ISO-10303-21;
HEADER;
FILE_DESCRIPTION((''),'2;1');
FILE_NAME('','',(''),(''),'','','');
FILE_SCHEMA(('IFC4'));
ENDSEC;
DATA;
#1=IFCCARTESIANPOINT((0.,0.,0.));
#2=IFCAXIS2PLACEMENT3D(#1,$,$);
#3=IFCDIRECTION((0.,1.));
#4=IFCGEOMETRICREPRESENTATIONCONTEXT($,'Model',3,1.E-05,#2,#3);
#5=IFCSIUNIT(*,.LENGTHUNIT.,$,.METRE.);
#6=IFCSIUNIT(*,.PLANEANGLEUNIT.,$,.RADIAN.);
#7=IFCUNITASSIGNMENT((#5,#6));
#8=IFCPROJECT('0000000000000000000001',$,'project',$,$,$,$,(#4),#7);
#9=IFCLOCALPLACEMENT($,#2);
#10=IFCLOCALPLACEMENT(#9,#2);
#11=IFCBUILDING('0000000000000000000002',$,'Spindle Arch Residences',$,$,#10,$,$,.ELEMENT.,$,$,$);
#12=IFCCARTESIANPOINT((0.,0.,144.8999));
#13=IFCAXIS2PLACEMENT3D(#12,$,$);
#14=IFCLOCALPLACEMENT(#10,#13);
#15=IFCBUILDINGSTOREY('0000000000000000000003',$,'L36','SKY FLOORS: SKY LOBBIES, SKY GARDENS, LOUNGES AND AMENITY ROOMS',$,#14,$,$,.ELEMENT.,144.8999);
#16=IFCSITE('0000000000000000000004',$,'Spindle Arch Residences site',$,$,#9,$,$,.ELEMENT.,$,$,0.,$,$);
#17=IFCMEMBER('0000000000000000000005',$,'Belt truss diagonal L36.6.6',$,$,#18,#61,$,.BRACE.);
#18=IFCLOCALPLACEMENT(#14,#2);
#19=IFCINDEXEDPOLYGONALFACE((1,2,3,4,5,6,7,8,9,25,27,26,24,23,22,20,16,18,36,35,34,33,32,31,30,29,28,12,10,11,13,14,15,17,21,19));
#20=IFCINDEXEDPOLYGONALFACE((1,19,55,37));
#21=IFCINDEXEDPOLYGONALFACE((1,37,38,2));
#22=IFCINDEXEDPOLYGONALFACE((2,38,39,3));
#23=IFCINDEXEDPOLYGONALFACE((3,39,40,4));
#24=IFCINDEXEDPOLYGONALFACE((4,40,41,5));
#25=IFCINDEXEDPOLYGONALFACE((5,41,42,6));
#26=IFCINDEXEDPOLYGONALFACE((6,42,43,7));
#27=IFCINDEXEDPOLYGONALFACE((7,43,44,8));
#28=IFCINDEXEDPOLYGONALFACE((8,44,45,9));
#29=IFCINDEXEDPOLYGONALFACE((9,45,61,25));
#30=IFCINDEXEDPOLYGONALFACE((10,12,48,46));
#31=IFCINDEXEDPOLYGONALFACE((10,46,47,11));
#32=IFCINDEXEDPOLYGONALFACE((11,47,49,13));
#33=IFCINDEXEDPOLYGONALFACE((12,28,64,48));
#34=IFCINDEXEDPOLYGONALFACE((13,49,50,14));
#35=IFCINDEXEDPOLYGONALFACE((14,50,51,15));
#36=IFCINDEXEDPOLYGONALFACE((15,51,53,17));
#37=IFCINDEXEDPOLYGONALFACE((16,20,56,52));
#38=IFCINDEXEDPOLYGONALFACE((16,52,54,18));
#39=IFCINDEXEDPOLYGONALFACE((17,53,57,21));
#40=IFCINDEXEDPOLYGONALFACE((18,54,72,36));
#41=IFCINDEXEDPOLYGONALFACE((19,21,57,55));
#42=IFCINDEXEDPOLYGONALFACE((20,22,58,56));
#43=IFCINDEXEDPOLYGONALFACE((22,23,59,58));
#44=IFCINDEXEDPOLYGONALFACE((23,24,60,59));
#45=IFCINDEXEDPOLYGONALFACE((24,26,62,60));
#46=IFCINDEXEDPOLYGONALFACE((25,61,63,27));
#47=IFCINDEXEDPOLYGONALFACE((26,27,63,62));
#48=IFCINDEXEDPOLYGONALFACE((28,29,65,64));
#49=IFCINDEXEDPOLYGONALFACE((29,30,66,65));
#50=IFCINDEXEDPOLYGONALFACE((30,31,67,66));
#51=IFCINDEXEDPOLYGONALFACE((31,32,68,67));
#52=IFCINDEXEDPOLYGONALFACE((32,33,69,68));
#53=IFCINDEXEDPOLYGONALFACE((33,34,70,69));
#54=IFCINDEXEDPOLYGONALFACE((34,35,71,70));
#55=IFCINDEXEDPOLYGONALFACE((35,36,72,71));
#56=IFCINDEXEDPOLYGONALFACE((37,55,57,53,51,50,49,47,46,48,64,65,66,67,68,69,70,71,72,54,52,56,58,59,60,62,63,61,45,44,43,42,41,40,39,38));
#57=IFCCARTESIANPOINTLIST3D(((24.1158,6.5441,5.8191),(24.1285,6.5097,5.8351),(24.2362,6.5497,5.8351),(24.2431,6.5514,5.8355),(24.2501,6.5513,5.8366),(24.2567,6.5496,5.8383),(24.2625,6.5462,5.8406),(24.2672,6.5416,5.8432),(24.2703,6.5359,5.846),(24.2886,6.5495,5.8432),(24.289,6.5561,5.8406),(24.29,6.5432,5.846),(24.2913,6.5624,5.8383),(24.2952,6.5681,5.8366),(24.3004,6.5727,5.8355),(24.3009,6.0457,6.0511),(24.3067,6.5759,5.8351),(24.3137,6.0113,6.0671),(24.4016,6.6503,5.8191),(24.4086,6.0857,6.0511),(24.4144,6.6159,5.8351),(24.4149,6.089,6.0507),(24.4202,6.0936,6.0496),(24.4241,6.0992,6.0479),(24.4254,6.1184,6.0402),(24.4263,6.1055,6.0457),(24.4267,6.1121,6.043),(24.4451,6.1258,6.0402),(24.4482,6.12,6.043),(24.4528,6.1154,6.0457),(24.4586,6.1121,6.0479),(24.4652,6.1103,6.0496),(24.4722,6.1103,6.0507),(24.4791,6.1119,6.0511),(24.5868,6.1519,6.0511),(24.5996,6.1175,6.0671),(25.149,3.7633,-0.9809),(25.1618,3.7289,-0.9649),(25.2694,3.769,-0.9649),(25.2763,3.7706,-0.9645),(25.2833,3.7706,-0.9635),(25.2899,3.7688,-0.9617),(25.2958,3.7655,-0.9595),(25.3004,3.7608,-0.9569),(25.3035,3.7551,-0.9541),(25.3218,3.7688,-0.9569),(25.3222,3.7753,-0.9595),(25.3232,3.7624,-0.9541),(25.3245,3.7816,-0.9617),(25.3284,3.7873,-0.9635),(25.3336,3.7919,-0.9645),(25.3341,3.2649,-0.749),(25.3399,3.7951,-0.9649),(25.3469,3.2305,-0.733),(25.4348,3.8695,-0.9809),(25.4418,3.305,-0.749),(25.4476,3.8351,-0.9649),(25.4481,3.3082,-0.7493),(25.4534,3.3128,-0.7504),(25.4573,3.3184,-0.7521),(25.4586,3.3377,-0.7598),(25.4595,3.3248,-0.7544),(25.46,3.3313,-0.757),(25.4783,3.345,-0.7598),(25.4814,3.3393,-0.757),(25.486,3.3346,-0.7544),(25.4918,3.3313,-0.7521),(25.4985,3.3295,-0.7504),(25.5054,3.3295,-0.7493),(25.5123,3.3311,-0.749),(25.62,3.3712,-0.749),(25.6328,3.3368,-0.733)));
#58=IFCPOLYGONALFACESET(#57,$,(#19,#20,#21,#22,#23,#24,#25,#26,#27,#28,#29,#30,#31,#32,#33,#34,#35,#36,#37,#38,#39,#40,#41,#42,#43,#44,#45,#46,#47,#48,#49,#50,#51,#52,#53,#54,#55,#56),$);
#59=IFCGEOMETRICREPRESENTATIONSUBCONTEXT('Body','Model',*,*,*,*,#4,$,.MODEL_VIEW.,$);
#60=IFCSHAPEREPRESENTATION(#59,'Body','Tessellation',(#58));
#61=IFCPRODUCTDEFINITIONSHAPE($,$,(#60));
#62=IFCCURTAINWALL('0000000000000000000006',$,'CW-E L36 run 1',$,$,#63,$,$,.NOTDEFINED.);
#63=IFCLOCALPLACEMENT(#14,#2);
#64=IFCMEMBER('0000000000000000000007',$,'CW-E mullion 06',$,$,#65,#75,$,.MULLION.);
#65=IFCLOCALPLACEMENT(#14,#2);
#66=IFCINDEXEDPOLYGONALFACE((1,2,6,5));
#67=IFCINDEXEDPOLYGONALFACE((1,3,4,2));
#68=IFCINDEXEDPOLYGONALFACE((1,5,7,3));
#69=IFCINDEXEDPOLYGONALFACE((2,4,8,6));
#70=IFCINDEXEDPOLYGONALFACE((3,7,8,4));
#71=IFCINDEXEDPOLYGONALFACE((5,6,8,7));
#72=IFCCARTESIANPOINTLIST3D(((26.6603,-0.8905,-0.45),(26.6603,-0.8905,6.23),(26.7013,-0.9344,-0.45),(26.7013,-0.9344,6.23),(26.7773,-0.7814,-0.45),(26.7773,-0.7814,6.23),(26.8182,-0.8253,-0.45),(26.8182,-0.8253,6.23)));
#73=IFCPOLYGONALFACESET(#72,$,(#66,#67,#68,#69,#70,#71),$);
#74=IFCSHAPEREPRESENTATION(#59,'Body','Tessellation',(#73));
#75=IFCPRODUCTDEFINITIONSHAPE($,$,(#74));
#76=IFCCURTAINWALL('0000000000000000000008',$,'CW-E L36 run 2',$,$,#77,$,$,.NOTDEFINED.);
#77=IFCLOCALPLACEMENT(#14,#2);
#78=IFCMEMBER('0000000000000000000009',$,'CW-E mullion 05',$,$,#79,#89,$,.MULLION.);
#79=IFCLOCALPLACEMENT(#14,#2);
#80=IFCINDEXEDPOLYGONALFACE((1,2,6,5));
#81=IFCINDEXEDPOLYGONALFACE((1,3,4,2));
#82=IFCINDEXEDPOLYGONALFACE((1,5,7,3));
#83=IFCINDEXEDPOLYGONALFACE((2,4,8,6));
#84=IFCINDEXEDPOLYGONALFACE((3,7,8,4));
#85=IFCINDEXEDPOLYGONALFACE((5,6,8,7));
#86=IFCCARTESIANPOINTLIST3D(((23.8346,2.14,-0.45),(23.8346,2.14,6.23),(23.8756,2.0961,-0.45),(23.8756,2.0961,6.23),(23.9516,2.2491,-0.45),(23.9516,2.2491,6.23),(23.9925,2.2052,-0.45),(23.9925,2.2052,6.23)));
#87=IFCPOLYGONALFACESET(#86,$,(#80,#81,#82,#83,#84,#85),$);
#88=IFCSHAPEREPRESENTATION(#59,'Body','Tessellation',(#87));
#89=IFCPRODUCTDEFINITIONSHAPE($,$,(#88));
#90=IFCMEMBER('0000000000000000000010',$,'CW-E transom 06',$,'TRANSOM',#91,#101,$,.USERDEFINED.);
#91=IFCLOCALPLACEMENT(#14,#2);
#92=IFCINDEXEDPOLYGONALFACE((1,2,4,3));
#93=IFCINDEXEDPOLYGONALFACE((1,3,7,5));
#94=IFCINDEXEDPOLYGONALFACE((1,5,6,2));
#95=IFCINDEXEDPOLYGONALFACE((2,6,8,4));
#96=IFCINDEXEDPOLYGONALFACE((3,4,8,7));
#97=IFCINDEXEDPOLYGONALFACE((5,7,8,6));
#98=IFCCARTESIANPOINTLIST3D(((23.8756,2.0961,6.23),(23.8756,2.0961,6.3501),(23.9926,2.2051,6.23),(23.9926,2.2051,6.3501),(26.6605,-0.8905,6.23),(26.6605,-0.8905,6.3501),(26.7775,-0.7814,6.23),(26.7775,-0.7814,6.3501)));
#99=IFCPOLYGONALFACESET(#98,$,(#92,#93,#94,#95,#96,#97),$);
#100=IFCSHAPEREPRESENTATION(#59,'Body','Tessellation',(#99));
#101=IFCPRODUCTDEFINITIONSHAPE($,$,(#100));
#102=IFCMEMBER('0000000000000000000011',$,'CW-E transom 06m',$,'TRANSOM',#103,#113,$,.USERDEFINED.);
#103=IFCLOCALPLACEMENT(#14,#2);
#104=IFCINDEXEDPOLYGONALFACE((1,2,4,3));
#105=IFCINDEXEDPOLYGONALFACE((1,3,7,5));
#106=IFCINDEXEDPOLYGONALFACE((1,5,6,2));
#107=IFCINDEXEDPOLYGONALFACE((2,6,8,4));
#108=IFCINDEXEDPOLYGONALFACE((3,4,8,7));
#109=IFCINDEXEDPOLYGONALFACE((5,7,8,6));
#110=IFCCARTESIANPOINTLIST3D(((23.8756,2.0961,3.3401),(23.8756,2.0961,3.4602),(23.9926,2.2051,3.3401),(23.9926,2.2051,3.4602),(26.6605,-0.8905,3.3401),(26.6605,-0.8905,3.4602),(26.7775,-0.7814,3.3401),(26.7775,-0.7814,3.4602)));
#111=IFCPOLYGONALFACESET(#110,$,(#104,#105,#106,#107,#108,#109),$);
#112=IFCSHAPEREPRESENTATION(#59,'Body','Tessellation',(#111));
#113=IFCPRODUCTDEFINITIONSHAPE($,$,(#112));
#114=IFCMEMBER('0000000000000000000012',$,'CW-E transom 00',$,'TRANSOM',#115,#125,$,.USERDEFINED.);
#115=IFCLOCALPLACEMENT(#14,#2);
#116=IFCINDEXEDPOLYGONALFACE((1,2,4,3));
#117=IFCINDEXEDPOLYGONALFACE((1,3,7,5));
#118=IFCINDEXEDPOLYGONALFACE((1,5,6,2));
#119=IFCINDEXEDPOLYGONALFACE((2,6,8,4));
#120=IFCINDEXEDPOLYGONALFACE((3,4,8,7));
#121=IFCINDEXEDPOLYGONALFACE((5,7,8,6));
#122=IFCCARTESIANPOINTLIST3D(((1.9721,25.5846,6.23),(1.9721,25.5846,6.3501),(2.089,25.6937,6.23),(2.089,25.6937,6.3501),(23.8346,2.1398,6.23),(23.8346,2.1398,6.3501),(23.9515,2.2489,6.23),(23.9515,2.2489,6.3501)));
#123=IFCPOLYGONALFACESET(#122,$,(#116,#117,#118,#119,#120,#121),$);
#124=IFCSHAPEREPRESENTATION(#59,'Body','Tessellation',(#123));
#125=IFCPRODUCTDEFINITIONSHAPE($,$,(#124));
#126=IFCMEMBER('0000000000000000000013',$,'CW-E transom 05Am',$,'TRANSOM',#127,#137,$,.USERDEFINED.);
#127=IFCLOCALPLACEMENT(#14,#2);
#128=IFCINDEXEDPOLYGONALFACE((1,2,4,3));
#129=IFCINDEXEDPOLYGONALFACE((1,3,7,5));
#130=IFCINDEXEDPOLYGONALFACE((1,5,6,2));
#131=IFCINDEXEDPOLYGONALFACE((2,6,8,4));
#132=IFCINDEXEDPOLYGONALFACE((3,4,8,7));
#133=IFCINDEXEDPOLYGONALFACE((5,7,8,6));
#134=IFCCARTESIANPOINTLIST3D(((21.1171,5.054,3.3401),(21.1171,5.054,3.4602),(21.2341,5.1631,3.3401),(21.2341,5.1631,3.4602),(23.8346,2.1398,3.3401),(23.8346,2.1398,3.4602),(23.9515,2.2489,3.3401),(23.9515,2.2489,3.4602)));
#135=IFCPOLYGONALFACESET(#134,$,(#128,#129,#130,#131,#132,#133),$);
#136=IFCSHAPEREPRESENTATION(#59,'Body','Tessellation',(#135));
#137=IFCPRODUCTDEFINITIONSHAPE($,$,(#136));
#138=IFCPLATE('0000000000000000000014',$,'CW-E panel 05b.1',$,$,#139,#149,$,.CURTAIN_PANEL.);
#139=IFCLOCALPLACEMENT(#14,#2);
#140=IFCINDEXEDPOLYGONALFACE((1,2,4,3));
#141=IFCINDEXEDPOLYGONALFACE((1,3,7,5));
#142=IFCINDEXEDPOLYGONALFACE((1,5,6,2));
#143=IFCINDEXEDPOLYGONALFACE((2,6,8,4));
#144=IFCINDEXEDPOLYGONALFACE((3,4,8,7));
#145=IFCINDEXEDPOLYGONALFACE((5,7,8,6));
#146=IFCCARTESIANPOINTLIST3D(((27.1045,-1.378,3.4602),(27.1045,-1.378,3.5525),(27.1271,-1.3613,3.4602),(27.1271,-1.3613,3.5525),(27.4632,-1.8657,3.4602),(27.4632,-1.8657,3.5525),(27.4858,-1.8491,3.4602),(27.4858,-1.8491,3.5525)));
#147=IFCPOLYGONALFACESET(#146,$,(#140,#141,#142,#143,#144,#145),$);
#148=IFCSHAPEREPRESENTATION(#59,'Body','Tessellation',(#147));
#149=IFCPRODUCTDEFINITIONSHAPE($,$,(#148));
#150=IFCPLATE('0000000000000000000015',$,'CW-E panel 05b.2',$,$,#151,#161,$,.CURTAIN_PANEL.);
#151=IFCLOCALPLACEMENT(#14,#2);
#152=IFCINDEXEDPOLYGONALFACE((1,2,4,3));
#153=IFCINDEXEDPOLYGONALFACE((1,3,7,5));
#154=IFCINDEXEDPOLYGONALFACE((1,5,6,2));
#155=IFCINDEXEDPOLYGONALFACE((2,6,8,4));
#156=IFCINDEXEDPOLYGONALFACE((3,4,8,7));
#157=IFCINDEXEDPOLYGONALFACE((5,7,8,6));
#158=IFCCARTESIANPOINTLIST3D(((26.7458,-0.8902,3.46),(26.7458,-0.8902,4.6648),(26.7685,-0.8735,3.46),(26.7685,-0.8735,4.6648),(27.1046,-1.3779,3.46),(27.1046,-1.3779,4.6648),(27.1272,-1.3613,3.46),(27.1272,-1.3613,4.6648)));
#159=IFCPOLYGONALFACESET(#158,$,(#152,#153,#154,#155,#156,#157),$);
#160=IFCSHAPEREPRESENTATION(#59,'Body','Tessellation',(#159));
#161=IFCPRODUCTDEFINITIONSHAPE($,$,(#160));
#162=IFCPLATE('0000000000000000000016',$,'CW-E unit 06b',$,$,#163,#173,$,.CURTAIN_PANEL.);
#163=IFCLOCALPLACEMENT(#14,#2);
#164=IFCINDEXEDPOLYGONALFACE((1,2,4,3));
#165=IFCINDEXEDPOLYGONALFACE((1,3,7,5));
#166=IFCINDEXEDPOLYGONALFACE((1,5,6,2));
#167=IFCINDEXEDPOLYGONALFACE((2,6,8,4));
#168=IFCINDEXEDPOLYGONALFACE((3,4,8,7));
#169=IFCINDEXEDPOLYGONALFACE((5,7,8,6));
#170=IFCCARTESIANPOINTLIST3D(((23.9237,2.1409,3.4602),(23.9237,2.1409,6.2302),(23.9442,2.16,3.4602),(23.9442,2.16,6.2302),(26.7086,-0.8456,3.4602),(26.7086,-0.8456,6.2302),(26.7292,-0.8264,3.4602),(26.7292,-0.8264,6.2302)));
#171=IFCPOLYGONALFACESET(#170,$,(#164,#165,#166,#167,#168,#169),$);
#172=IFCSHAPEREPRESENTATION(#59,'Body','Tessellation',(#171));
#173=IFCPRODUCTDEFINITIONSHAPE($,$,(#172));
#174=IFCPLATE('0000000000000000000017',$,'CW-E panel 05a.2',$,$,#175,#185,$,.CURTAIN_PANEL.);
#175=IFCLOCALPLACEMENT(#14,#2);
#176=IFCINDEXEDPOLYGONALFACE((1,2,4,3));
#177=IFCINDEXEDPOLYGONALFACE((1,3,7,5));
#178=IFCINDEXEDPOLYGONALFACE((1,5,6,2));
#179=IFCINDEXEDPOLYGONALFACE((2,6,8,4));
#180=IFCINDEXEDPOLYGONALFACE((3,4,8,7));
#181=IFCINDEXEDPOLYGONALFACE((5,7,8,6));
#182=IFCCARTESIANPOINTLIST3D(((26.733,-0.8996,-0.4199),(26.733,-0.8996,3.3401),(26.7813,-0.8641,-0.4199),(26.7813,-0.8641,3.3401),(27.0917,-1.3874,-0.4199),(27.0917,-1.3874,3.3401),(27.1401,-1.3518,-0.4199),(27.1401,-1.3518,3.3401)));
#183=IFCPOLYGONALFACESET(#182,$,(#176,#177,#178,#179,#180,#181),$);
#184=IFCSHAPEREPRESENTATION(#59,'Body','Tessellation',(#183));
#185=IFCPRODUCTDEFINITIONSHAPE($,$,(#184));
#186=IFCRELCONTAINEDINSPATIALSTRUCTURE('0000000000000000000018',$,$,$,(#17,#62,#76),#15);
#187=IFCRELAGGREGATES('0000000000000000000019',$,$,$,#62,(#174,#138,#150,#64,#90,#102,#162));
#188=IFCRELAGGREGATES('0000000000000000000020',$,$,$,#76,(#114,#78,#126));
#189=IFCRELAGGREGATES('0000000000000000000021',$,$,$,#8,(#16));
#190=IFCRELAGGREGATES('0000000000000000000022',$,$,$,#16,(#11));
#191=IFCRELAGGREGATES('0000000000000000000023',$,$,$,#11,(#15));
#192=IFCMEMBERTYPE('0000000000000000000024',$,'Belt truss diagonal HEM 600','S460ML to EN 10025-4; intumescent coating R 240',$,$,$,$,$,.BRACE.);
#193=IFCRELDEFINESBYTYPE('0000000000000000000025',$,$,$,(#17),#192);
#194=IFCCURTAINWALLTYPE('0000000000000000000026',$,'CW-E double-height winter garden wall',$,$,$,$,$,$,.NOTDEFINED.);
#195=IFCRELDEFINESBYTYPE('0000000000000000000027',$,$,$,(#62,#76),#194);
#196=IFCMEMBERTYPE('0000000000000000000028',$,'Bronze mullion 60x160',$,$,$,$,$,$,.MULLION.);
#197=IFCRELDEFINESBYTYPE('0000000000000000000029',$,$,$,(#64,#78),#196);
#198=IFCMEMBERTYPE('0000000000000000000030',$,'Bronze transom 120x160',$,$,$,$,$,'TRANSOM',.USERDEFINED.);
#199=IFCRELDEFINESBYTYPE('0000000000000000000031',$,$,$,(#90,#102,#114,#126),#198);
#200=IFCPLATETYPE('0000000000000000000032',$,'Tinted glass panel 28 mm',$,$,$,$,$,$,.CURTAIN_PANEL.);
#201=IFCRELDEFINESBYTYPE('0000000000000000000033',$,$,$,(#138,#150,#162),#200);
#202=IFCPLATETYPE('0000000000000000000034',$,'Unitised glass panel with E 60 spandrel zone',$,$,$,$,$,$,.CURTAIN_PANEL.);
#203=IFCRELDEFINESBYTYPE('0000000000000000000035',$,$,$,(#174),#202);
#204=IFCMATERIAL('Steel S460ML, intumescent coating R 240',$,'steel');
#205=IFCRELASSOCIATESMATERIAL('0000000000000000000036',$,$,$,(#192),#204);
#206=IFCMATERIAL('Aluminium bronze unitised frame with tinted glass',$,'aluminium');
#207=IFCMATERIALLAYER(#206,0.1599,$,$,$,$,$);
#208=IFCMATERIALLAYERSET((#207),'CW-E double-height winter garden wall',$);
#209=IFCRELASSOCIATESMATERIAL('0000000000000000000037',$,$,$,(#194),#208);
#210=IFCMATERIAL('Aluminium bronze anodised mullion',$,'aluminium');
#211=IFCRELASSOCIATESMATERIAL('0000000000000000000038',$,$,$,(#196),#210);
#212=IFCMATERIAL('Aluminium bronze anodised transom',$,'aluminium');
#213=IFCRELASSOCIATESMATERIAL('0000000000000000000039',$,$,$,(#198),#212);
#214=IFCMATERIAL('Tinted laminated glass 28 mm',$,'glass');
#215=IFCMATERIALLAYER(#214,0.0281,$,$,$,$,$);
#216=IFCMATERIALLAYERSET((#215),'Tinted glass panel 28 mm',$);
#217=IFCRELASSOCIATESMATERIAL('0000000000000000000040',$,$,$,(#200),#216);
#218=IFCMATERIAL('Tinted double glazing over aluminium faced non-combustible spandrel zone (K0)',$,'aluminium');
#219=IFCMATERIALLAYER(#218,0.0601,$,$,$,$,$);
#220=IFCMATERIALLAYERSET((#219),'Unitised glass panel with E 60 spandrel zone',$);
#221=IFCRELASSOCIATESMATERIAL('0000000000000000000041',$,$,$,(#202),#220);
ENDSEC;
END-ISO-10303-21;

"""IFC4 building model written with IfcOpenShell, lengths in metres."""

from ifc_helpers import new_model, si_unit, direction, frame, origin, origin_2d, place, context, subcontext, project, spatial, rectangle, i_section, extrude, material, layer, layer_set, material_profile, profile_set, type_object, element, aggregate, save


model = new_model("IFC4")

# Units and contexts
model_context = context("Model", 3, precision=1e-05, world=origin(), true_north=direction((0.0, 1.0)))
body_context = subcontext(model_context, "Body", "Model", "MODEL_VIEW")
ifc_project = project(units=[si_unit("LENGTHUNIT", "METRE"), si_unit("PLANEANGLEUNIT", "RADIAN")], contexts=[model_context])

# Site, building, storey
site_placement = place(None, origin())
site = spatial("IfcSite", under=ifc_project, at=site_placement, Name="Spindle Arch Residences site", CompositionType="ELEMENT", RefElevation=0.0)
building_placement = place(site_placement, origin())
building = spatial("IfcBuilding", under=site, at=building_placement, Name="Spindle Arch Residences", CompositionType="ELEMENT")
storey_placement = place(building_placement, frame((0.0, 0.0, 144.8999)))
storey = spatial("IfcBuildingStorey", under=building, at=storey_placement, Name="L36", Description="SKY FLOORS: SKY LOBBIES, SKY GARDENS, LOUNGES AND AMENITY ROOMS", CompositionType="ELEMENT", Elevation=144.8999)

# Member
ifc_material_1 = material(Name="Steel S460ML, intumescent coating R 240", Category="steel")
ifc_material_profile_1 = material_profile(ifc_material_1, i_section(OverallWidth=0.3049, OverallDepth=0.6201, WebThickness=0.021, FlangeThickness=0.04, FilletRadius=0.0271, at=origin_2d()), Name="HEM 600")
ifc_profile_set_1 = profile_set([ifc_material_profile_1], Name="Steel S460ML, intumescent coating R 240")
member_type_1 = type_object("IfcMemberType", Name="Belt truss diagonal HEM 600", Description="S460ML to EN 10025-4; intumescent coating R 240", PredefinedType="BRACE", material=ifc_profile_set_1)
member_1_placement = place(storey_placement, frame((25.3909, 3.55, -0.8569), z_axis=(-0.139265, 0.374819, 0.916578), x_axis=(-0.937387, -0.34829, 0.0)))
element("IfcMember", 1, at=member_1_placement, inside=storey, type_object=member_type_1, Name="Belt truss diagonal L36.6.6", PredefinedType="BRACE", context=body_context, shape_type="SweptSolid", body=[
    extrude(i_section(OverallWidth=0.3049, OverallDepth=0.6201, WebThickness=0.021, FlangeThickness=0.04, FilletRadius=0.0271, at=origin_2d()), origin(), (0.0, 0.0, 1.0), 7.4189),
])

# Curtain walls, members
ifc_material_2 = material(Name="Aluminium bronze unitised frame with tinted glass", Category="aluminium")
ifc_layer_1 = layer(ifc_material_2, 0.1599)
ifc_layer_set_1 = layer_set([ifc_layer_1], Name="CW-E double-height winter garden wall")
curtain_wall_type = type_object("IfcCurtainWallType", Name="CW-E double-height winter garden wall", PredefinedType="NOTDEFINED", material=ifc_layer_set_1)
curtain_wall_1_placement = place(storey_placement, origin())
curtain_wall_1 = element("IfcCurtainWall", 2, at=curtain_wall_1_placement, inside=storey, type_object=curtain_wall_type, Name="CW-E L36 run 1", PredefinedType="NOTDEFINED")
ifc_material_3 = material(Name="Aluminium bronze anodised mullion", Category="aluminium")
ifc_material_profile_2 = material_profile(ifc_material_3, rectangle(XDim=0.1599, YDim=0.0601, at=origin_2d()), Name="MU 60x160")
ifc_profile_set_2 = profile_set([ifc_material_profile_2], Name="Aluminium bronze anodised mullion")
member_type_2 = type_object("IfcMemberType", Name="Bronze mullion 60x160", PredefinedType="MULLION", material=ifc_profile_set_2)
member_2_placement = place(storey_placement, frame((26.7393, -0.8579, -0.45), z_axis=(0.0, 0.0, 1.0), x_axis=(-0.731354, -0.681998, 0.0)))
member_2 = element("IfcMember", 3, at=member_2_placement, type_object=member_type_2, Name="CW-E mullion 06", PredefinedType="MULLION", context=body_context, shape_type="SweptSolid", body=[
    extrude(rectangle(XDim=0.1599, YDim=0.0601, at=origin_2d()), origin(), (0.0, 0.0, 1.0), 6.6799),
])
curtain_wall_2_placement = place(storey_placement, origin())
curtain_wall_2 = element("IfcCurtainWall", 4, at=curtain_wall_2_placement, inside=storey, type_object=curtain_wall_type, Name="CW-E L36 run 2", PredefinedType="NOTDEFINED")
member_3_placement = place(storey_placement, frame((23.9136, 2.1726, -0.45), z_axis=(0.0, 0.0, 1.0), x_axis=(-0.731354, -0.681998, 0.0)))
member_3 = element("IfcMember", 5, at=member_3_placement, type_object=member_type_2, Name="CW-E mullion 05", PredefinedType="MULLION", context=body_context, shape_type="SweptSolid", body=[
    extrude(rectangle(XDim=0.1599, YDim=0.0601, at=origin_2d()), origin(), (0.0, 0.0, 1.0), 6.6799),
])

# Members
ifc_material_4 = material(Name="Aluminium bronze anodised transom", Category="aluminium")
ifc_material_profile_3 = material_profile(ifc_material_4, rectangle(XDim=0.1599, YDim=0.1201, at=origin_2d()), Name="TR 120x160")
ifc_profile_set_3 = profile_set([ifc_material_profile_3], Name="Aluminium bronze anodised transom")
member_type_3 = type_object("IfcMemberType", Name="Bronze transom 120x160", ElementType="TRANSOM", PredefinedType="USERDEFINED", material=ifc_profile_set_3)
member_4_placement = place(storey_placement, frame((26.719, -0.8359, 6.29), z_axis=(-0.681984, 0.731367, 0.0), x_axis=(-0.731367, -0.681984, 0.0)))
member_4 = element("IfcMember", 6, at=member_4_placement, type_object=member_type_3, Name="CW-E transom 06", ObjectType="TRANSOM", PredefinedType="USERDEFINED", context=body_context, shape_type="SweptSolid", body=[
    extrude(rectangle(XDim=0.1599, YDim=0.1201, at=origin_2d()), origin(), (0.0, 0.0, 1.0), 4.0835),
])
member_5_placement = place(storey_placement, frame((26.719, -0.8359, 3.4001), z_axis=(-0.681984, 0.731367, 0.0), x_axis=(-0.731367, -0.681984, 0.0)))
member_5 = element("IfcMember", 7, at=member_5_placement, type_object=member_type_3, Name="CW-E transom 06m", ObjectType="TRANSOM", PredefinedType="USERDEFINED", context=body_context, shape_type="SweptSolid", body=[
    extrude(rectangle(XDim=0.1599, YDim=0.1201, at=origin_2d()), origin(), (0.0, 0.0, 1.0), 4.0835),
])
member_6_placement = place(storey_placement, frame((23.8931, 2.1943, 6.29), z_axis=(-0.681997, 0.731355, 0.0), x_axis=(-0.731355, -0.681997, 0.0)))
member_6 = element("IfcMember", 8, at=member_6_placement, type_object=member_type_3, Name="CW-E transom 00", ObjectType="TRANSOM", PredefinedType="USERDEFINED", context=body_context, shape_type="SweptSolid", body=[
    extrude(rectangle(XDim=0.1599, YDim=0.1201, at=origin_2d()), origin(), (0.0, 0.0, 1.0), 32.0566),
])
member_7_placement = place(storey_placement, frame((23.8931, 2.1943, 3.4001), z_axis=(-0.681984, 0.731367, 0.0), x_axis=(-0.731367, -0.681984, 0.0)))
member_7 = element("IfcMember", 9, at=member_7_placement, type_object=member_type_3, Name="CW-E transom 05Am", ObjectType="TRANSOM", PredefinedType="USERDEFINED", context=body_context, shape_type="SweptSolid", body=[
    extrude(rectangle(XDim=0.1599, YDim=0.1201, at=origin_2d()), origin(), (0.0, 0.0, 1.0), 3.9846),
])

# Plates
ifc_material_5 = material(Name="Tinted laminated glass 28 mm", Category="glass")
ifc_layer_2 = layer(ifc_material_5, 0.0281)
ifc_layer_set_2 = layer_set([ifc_layer_2], Name="Tinted glass panel 28 mm")
plate_type_1 = type_object("IfcPlateType", Name="Tinted glass panel 28 mm", PredefinedType="CURTAIN_PANEL", material=ifc_layer_set_2)
plate_1_placement = place(storey_placement, frame((27.2952, -1.6135, 3.4602), z_axis=(0.0, 0.0, 1.0), x_axis=(-0.592482, 0.805584, 0.0)))
plate_1 = element("IfcPlate", 10, at=plate_1_placement, type_object=plate_type_1, Name="CW-E panel 05b.1", PredefinedType="CURTAIN_PANEL", context=body_context, shape_type="SweptSolid", body=[
    extrude(rectangle(XDim=0.6055, YDim=0.0281, at=origin_2d()), origin(), (0.0, 0.0, 1.0), 0.0923),
])
plate_2_placement = place(storey_placement, frame((26.9365, -1.1257, 3.46), z_axis=(0.0, 0.0, 1.0), x_axis=(-0.592482, 0.805584, 0.0)))
plate_2 = element("IfcPlate", 11, at=plate_2_placement, type_object=plate_type_1, Name="CW-E panel 05b.2", PredefinedType="CURTAIN_PANEL", context=body_context, shape_type="SweptSolid", body=[
    extrude(rectangle(XDim=0.6055, YDim=0.0281, at=origin_2d()), origin(), (0.0, 0.0, 1.0), 1.2048),
])
plate_3_placement = place(storey_placement, frame((25.3264, 0.6572, 3.4602), z_axis=(0.0, 0.0, 1.0), x_axis=(-0.681998, 0.731354, 0.0)))
plate_3 = element("IfcPlate", 12, at=plate_3_placement, type_object=plate_type_1, Name="CW-E unit 06b", PredefinedType="CURTAIN_PANEL", context=body_context, shape_type="SweptSolid", body=[
    extrude(rectangle(XDim=4.0835, YDim=0.0281, at=origin_2d()), origin(), (0.0, 0.0, 1.0), 2.77),
])
ifc_material_6 = material(Name="Tinted double glazing over aluminium faced non-combustible spandrel zone (K0)", Category="aluminium")
ifc_layer_3 = layer(ifc_material_6, 0.0601)
ifc_layer_set_3 = layer_set([ifc_layer_3], Name="Unitised glass panel with E 60 spandrel zone")
plate_type_2 = type_object("IfcPlateType", Name="Unitised glass panel with E 60 spandrel zone", PredefinedType="CURTAIN_PANEL", material=ifc_layer_set_3)
plate_4_placement = place(storey_placement, frame((26.9365, -1.1257, -0.4199), z_axis=(0.0, 0.0, 1.0), x_axis=(-0.592482, 0.805584, 0.0)))
plate_4 = element("IfcPlate", 13, at=plate_4_placement, type_object=plate_type_2, Name="CW-E panel 05a.2", PredefinedType="CURTAIN_PANEL", context=body_context, shape_type="SweptSolid", body=[
    extrude(rectangle(XDim=0.6055, YDim=0.0601, at=origin_2d()), origin(), (0.0, 0.0, 1.0), 3.76),
])
aggregate(curtain_wall_1, [plate_4, plate_1, plate_2, member_2, member_4, member_5, plate_3])
aggregate(curtain_wall_2, [member_6, member_3, member_7])

save(model, "model.ifc")
